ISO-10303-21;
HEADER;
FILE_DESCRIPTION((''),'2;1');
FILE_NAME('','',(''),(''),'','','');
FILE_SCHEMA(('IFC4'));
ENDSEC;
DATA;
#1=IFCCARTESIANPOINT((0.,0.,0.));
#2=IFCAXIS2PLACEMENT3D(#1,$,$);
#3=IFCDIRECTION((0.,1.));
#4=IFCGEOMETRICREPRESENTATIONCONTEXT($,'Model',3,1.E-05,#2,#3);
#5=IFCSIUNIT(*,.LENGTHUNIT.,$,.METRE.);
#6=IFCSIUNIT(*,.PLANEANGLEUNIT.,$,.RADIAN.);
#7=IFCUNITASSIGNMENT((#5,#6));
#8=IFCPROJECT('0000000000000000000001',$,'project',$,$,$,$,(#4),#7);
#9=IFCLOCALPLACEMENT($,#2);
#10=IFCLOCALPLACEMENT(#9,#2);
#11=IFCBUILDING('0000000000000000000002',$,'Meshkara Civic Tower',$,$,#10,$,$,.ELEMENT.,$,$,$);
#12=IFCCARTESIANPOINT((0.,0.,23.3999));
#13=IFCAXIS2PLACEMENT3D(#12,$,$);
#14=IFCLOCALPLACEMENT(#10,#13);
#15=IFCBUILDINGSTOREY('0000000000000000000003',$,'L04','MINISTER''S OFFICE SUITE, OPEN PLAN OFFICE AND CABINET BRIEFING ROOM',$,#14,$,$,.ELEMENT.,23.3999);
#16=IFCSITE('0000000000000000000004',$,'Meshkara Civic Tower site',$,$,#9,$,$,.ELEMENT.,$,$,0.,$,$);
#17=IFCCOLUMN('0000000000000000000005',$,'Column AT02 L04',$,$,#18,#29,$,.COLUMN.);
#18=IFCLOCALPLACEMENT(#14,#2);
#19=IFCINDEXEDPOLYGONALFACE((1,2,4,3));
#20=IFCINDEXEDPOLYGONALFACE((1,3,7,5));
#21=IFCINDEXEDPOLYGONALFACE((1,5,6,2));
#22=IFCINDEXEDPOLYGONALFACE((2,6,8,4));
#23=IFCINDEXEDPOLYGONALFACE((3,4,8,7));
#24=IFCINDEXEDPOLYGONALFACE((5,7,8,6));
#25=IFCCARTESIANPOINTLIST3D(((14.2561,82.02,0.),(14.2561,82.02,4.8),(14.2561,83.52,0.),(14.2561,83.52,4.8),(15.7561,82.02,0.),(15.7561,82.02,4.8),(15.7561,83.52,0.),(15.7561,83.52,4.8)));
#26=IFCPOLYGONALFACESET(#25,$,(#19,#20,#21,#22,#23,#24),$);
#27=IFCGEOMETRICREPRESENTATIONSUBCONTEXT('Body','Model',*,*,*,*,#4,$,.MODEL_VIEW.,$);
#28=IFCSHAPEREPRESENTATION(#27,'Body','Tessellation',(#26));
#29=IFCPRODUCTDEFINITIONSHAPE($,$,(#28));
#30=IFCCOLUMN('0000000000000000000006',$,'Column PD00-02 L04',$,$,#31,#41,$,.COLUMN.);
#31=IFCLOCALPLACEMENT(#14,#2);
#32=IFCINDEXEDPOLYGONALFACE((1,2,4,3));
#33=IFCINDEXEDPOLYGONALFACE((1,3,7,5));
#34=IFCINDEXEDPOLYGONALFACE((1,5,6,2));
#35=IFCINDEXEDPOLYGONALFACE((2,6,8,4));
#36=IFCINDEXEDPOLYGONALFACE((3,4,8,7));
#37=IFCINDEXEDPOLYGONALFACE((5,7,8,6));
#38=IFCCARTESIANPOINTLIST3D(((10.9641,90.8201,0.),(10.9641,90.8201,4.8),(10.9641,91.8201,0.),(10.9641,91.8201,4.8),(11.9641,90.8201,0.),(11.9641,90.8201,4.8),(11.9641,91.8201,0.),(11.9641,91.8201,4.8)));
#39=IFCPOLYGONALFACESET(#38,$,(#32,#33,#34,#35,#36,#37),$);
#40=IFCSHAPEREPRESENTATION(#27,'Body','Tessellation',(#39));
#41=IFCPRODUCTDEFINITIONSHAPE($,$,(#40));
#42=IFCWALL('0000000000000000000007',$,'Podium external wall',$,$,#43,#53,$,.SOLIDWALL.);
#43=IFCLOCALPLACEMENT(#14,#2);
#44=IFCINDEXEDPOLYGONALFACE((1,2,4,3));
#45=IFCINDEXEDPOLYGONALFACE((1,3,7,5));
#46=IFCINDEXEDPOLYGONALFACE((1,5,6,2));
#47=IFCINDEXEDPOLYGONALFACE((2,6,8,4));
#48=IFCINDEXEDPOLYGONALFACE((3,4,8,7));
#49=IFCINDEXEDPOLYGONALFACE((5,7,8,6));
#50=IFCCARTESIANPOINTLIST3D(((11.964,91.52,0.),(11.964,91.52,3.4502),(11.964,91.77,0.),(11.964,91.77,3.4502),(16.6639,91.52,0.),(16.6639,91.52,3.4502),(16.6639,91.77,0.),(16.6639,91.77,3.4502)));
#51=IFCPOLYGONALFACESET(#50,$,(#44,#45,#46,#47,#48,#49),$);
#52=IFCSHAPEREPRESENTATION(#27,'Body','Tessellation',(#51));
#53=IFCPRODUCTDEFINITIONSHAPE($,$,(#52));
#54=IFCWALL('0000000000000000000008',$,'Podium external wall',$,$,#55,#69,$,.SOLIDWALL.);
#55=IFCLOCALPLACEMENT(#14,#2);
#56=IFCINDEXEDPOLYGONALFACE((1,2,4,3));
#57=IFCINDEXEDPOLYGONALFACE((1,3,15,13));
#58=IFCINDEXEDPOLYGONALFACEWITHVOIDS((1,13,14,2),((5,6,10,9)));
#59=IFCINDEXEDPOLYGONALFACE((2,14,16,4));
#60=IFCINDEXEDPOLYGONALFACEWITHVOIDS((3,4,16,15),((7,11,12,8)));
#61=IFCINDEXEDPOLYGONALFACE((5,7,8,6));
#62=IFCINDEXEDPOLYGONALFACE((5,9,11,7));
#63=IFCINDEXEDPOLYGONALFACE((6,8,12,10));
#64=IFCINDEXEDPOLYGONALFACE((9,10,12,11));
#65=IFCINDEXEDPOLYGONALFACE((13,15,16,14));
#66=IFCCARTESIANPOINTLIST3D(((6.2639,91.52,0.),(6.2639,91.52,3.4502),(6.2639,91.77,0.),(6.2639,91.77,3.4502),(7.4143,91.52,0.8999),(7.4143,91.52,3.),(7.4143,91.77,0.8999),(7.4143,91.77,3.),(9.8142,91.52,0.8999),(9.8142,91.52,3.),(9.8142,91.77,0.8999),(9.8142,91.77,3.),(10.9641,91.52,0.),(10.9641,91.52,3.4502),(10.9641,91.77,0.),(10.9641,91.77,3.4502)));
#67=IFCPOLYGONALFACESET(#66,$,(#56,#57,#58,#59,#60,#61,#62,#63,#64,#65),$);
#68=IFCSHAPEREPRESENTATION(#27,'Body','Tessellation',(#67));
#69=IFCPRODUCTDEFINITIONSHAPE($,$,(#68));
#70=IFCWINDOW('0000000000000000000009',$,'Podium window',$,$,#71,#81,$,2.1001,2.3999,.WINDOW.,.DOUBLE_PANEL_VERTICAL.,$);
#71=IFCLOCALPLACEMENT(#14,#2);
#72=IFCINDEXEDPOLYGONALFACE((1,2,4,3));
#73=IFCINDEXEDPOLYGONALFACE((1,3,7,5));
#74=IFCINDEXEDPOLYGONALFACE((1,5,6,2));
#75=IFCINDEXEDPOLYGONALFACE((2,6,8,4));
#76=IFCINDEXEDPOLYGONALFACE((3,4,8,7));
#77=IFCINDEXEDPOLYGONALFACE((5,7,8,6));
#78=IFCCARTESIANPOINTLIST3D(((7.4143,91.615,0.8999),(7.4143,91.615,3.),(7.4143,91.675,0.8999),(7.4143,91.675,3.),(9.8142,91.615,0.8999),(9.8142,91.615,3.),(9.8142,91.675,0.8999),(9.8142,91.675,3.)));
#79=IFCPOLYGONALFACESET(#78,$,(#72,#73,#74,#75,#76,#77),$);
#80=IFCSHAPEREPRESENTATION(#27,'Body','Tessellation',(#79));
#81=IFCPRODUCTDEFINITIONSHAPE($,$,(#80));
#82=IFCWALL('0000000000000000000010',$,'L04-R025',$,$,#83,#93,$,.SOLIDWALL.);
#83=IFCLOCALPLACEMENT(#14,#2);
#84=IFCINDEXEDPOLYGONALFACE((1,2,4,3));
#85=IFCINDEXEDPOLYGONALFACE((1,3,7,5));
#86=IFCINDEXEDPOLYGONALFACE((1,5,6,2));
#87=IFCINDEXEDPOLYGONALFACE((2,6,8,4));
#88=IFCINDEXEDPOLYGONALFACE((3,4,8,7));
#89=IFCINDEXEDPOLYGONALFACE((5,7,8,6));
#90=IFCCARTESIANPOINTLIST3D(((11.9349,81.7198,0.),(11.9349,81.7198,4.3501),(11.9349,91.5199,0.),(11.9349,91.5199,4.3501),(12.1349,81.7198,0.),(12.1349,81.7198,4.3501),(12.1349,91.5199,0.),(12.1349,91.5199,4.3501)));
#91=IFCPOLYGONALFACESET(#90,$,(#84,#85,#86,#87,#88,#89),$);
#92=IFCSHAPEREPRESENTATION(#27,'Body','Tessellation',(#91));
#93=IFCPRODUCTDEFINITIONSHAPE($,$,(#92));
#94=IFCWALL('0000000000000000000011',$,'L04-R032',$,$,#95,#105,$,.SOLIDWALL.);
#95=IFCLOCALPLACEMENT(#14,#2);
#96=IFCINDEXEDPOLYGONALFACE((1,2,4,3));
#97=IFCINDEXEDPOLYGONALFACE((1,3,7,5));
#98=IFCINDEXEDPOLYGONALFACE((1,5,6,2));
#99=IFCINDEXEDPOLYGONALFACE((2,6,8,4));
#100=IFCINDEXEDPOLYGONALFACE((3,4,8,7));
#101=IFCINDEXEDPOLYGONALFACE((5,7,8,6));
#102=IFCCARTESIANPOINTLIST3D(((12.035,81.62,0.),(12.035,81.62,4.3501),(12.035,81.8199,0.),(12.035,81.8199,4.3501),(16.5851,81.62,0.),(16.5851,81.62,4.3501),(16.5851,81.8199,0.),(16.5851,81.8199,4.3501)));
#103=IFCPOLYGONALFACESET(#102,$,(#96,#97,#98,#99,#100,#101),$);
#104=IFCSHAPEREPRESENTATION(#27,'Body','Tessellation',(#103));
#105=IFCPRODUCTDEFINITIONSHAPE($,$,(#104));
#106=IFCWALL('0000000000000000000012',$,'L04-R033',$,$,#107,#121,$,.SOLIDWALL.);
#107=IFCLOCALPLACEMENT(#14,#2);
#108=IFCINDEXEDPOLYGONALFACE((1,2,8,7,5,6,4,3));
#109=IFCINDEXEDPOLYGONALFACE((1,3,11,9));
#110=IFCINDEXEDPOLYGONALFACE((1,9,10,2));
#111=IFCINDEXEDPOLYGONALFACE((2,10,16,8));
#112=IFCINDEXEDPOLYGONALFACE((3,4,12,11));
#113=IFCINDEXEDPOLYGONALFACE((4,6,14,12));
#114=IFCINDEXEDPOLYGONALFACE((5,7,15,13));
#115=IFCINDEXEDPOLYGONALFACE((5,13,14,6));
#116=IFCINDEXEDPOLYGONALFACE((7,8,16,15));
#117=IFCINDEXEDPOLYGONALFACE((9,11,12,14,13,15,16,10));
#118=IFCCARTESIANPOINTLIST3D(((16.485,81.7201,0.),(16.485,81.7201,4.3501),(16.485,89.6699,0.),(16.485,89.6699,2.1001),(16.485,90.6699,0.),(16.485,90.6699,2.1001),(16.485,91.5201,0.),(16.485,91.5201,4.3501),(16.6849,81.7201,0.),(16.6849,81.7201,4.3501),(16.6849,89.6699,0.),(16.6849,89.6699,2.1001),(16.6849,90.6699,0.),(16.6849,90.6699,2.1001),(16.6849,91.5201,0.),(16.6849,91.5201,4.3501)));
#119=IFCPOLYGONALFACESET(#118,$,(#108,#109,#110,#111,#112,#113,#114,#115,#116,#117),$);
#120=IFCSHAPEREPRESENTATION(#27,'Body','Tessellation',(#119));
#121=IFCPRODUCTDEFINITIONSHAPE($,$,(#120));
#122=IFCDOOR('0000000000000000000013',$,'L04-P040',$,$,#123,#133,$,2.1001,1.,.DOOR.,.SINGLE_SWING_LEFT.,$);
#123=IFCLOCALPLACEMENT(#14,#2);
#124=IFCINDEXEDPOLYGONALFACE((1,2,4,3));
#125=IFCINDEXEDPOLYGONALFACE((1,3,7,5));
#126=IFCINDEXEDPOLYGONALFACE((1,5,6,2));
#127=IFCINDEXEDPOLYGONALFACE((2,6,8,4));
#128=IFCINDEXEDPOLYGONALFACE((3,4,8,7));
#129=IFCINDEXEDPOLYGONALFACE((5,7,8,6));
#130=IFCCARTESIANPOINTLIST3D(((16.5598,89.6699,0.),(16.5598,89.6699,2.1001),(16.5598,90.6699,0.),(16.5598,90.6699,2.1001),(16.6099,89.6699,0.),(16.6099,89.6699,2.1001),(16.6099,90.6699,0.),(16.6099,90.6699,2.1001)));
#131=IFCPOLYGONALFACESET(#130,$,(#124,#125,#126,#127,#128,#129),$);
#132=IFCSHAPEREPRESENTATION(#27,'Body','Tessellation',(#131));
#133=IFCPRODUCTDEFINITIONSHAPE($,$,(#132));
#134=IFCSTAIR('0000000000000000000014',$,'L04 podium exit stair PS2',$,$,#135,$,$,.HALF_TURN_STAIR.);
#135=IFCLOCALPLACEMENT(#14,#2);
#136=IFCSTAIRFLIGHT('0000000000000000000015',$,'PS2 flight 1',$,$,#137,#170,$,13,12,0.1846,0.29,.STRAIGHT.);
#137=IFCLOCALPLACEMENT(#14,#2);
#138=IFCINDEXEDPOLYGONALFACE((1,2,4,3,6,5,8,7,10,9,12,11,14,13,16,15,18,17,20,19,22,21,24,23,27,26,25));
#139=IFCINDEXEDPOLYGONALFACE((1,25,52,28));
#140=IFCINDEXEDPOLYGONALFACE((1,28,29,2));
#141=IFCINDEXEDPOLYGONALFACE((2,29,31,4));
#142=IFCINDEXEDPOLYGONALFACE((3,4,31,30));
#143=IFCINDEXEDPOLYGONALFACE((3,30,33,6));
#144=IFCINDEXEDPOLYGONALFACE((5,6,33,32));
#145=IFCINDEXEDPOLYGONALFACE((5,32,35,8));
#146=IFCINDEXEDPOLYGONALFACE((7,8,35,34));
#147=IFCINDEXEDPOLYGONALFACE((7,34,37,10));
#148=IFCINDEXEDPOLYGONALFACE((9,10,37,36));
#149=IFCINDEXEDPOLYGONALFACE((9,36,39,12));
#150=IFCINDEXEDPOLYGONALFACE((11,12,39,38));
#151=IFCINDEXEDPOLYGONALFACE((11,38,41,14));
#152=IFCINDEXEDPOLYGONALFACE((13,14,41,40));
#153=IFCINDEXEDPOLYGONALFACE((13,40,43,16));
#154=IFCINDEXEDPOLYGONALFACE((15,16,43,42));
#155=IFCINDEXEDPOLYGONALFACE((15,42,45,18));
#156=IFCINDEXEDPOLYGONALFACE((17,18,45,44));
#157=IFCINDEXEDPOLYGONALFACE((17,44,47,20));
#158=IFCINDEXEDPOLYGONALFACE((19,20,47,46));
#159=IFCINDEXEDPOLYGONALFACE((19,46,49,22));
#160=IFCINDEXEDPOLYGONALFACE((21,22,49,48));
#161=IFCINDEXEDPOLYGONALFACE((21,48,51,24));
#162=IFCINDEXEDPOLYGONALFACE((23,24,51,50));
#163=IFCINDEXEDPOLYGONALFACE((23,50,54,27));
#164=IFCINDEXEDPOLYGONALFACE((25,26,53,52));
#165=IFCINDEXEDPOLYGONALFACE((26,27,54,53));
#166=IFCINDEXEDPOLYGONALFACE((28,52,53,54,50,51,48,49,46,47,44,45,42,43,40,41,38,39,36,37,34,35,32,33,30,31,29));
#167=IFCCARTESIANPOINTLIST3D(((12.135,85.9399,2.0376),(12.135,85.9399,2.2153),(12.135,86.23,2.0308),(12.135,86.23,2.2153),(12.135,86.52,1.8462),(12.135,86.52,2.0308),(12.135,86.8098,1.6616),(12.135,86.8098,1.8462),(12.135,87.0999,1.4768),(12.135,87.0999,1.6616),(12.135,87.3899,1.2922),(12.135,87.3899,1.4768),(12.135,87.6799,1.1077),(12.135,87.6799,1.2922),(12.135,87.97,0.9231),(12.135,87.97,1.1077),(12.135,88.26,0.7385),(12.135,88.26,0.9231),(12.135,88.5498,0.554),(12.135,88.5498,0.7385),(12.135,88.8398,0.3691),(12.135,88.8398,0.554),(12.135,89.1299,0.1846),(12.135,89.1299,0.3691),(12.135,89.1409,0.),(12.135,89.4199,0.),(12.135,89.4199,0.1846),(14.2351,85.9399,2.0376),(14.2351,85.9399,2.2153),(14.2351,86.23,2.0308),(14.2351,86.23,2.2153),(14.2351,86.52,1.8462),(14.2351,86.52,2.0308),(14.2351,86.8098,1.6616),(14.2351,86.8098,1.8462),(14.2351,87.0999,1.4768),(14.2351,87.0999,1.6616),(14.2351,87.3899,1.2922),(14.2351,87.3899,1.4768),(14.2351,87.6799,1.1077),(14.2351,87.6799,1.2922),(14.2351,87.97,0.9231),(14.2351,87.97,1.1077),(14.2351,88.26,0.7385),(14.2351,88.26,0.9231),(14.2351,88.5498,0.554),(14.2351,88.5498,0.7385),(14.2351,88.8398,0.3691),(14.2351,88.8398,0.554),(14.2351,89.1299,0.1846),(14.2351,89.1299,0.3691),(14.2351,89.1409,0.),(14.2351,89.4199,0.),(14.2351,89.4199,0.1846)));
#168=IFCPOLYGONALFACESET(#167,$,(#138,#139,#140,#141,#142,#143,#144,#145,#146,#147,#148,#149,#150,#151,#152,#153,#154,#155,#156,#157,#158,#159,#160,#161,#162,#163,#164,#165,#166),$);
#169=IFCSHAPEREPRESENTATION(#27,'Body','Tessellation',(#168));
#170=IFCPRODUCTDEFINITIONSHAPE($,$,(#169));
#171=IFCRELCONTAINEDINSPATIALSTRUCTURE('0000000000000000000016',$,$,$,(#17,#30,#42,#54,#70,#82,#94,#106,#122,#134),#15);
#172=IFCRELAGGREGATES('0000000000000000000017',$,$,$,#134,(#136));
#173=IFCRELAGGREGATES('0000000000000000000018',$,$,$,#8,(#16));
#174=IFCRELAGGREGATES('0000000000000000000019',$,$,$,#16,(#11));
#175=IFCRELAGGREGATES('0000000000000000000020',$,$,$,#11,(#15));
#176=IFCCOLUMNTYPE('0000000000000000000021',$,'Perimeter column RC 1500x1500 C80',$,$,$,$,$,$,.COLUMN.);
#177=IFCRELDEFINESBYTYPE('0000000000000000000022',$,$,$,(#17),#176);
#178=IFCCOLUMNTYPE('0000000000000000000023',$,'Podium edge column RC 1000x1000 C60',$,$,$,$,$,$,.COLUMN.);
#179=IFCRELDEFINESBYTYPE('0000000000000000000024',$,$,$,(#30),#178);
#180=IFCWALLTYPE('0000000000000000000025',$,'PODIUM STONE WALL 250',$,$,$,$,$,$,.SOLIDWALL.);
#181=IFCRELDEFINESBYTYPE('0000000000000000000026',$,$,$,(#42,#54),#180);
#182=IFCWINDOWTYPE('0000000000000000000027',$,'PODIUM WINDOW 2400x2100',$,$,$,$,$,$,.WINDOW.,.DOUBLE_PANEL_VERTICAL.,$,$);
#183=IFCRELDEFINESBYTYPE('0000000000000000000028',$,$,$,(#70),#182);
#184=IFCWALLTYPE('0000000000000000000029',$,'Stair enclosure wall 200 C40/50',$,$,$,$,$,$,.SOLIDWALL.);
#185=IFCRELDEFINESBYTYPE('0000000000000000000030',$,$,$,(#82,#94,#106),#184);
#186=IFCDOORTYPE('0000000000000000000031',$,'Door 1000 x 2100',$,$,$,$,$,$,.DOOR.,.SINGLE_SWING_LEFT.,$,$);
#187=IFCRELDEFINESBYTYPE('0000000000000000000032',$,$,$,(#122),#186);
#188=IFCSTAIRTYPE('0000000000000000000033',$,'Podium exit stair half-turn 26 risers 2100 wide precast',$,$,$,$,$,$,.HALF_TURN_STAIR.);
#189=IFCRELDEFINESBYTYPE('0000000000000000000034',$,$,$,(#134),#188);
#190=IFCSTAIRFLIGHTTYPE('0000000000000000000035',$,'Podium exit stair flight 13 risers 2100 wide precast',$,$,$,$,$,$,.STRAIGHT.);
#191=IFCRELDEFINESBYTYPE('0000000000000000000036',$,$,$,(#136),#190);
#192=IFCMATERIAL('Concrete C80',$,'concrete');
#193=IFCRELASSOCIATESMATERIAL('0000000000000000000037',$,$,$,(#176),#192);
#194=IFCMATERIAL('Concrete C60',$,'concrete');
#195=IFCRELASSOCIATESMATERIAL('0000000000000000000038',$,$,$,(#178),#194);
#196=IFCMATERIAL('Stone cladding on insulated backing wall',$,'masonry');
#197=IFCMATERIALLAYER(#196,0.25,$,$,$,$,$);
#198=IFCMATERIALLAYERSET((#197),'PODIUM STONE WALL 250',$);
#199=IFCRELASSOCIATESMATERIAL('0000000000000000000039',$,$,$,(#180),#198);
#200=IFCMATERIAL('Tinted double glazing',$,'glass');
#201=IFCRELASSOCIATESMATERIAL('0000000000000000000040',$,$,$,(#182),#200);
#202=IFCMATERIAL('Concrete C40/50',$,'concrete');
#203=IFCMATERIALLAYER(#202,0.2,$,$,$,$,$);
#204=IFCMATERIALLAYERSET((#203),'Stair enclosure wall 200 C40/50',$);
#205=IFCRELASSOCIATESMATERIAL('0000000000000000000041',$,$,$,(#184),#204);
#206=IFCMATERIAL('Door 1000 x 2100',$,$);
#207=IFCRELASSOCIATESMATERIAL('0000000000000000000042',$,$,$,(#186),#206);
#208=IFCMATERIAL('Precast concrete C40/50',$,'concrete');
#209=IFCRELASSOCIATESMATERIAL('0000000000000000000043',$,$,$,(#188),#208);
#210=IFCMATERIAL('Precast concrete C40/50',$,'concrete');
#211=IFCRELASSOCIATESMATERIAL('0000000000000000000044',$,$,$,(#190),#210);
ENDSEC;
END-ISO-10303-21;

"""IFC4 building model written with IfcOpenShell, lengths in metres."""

from ifc_helpers import new_model, si_unit, direction, frame, frame_2d, origin, origin_2d, place, context, subcontext, project, spatial, polyline, rectangle, outline, extrude, material, layer, layer_set, material_profile, profile_set, type_object, element, fill, aggregate, save


model = new_model("IFC4")

# Units and contexts
model_context = context("Model", 3, precision=1e-05, world=origin(), true_north=direction((0.0, 1.0)))
body_context = subcontext(model_context, "Body", "Model", "MODEL_VIEW")
ifc_project = project(units=[si_unit("LENGTHUNIT", "METRE"), si_unit("PLANEANGLEUNIT", "RADIAN")], contexts=[model_context])

# Site, building, storey
site_placement = place(None, origin())
site = spatial("IfcSite", under=ifc_project, at=site_placement, Name="Meshkara Civic Tower site", CompositionType="ELEMENT", RefElevation=0.0)
building_placement = place(site_placement, origin())
building = spatial("IfcBuilding", under=site, at=building_placement, Name="Meshkara Civic Tower", CompositionType="ELEMENT")
storey_placement = place(building_placement, frame((0.0, 0.0, 23.3999)))
storey = spatial("IfcBuildingStorey", under=building, at=storey_placement, Name="L04", Description="MINISTER'S OFFICE SUITE, OPEN PLAN OFFICE AND CABINET BRIEFING ROOM", CompositionType="ELEMENT", Elevation=23.3999)

# Columns
ifc_material_1 = material(Name="Concrete C80", Category="concrete")
ifc_material_profile_1 = material_profile(ifc_material_1, rectangle(XDim=1.5, YDim=1.5, at=origin_2d()))
ifc_profile_set_1 = profile_set([ifc_material_profile_1], Name="Concrete C80")
column_type_1 = type_object("IfcColumnType", Name="Perimeter column RC 1500x1500 C80", PredefinedType="COLUMN", material=ifc_profile_set_1)
column_1_placement = place(storey_placement, frame((15.0061, 82.77, 0.0), z_axis=(0.0, 0.0, 1.0), x_axis=(1.0, 0.0, 0.0)))
element("IfcColumn", 1, at=column_1_placement, inside=storey, type_object=column_type_1, Name="Column AT02 L04", PredefinedType="COLUMN", context=body_context, shape_type="SweptSolid", body=[
    extrude(rectangle(XDim=1.5, YDim=1.5, at=origin_2d()), origin(), (0.0, 0.0, 1.0), 4.8),
])
ifc_material_2 = material(Name="Concrete C60", Category="concrete")
ifc_material_profile_2 = material_profile(ifc_material_2, rectangle(XDim=1.0, YDim=1.0, at=origin_2d()))
ifc_profile_set_2 = profile_set([ifc_material_profile_2], Name="Concrete C60")
column_type_2 = type_object("IfcColumnType", Name="Podium edge column RC 1000x1000 C60", PredefinedType="COLUMN", material=ifc_profile_set_2)
column_2_placement = place(storey_placement, frame((11.4641, 91.3201, 0.0), z_axis=(0.0, 0.0, 1.0), x_axis=(1.0, 0.0, 0.0)))
element("IfcColumn", 2, at=column_2_placement, inside=storey, type_object=column_type_2, Name="Column PD00-02 L04", PredefinedType="COLUMN", context=body_context, shape_type="SweptSolid", body=[
    extrude(rectangle(XDim=1.0, YDim=1.0, at=origin_2d()), origin(), (0.0, 0.0, 1.0), 4.8),
])

# Wall
ifc_material_3 = material(Name="Stone cladding on insulated backing wall", Category="masonry")
ifc_layer_1 = layer(ifc_material_3, 0.25)
ifc_layer_set_1 = layer_set([ifc_layer_1], Name="PODIUM STONE WALL 250")
wall_type_1 = type_object("IfcWallType", Name="PODIUM STONE WALL 250", PredefinedType="SOLIDWALL", material=ifc_layer_set_1)
wall_1_placement = place(storey_placement, frame((16.6641, 91.645, 0.0), z_axis=(0.0, 0.0, 1.0), x_axis=(-1.0, 0.0, 0.0)))
element("IfcWall", 3, at=wall_1_placement, inside=storey, type_object=wall_type_1, Name="Podium external wall", PredefinedType="SOLIDWALL", context=body_context, shape_type="SweptSolid", body=[
    extrude(rectangle(XDim=4.7, YDim=0.25, at=frame_2d((2.3501, 0.0))), origin(), (0.0, 0.0, 1.0), 3.4502),
])

# Wall, opening, window
wall_2_placement = place(storey_placement, frame((10.9641, 91.645, 0.0), z_axis=(0.0, 0.0, 1.0), x_axis=(-1.0, 0.0, 0.0)))
wall_2 = element("IfcWall", 4, at=wall_2_placement, inside=storey, type_object=wall_type_1, Name="Podium external wall", PredefinedType="SOLIDWALL", context=body_context, shape_type="SweptSolid", body=[
    extrude(rectangle(XDim=4.7002, YDim=0.25, at=frame_2d((2.3501, 0.0))), origin(), (0.0, 0.0, 1.0), 3.4502),
])
opening_1_placement = place(wall_2_placement, frame((1.1499, 0.0, 0.8999)))
opening_1 = element("IfcOpeningElement", 5, at=opening_1_placement, cuts=wall_2, PredefinedType="OPENING", context=body_context, shape_type="SweptSolid", body=[
    extrude(rectangle(XDim=2.3999, YDim=2.1001, at=frame_2d((1.2, 1.05))), frame((0.0, 0.135, 0.0), z_axis=(0.0, -1.0, 0.0), x_axis=(1.0, 0.0, 0.0)), (0.0, 0.0, 1.0), 0.27),
])
ifc_material_4 = material(Name="Tinted double glazing", Category="glass")
window_type = type_object("IfcWindowType", Name="PODIUM WINDOW 2400x2100", PartitioningType="DOUBLE_PANEL_VERTICAL", PredefinedType="WINDOW", material=ifc_material_4)
window_placement = place(opening_1_placement, origin())
window = element("IfcWindow", 6, at=window_placement, inside=storey, type_object=window_type, Name="Podium window", OverallHeight=2.1001, OverallWidth=2.3999, PartitioningType="DOUBLE_PANEL_VERTICAL", PredefinedType="WINDOW", context=body_context, shape_type="SweptSolid", body=[
    extrude(rectangle(XDim=2.3999, YDim=2.1001, at=frame_2d((1.2, 1.05))), frame((0.0, 0.03, 0.0), z_axis=(0.0, -1.0, 0.0), x_axis=(1.0, 0.0, 0.0)), (0.0, 0.0, 1.0), 0.0601),
])
fill(opening_1, window)

# Walls
ifc_material_5 = material(Name="Concrete C40/50", Category="concrete")
ifc_layer_2 = layer(ifc_material_5, 0.2)
ifc_layer_set_2 = layer_set([ifc_layer_2], Name="Stair enclosure wall 200 C40/50")
wall_type_2 = type_object("IfcWallType", Name="Stair enclosure wall 200 C40/50", PredefinedType="SOLIDWALL", material=ifc_layer_set_2)
wall_3_placement = place(storey_placement, frame((12.0349, 81.72, 0.0), z_axis=(0.0, 0.0, 1.0), x_axis=(0.0, 1.0, 0.0)))
element("IfcWall", 7, at=wall_3_placement, inside=storey, type_object=wall_type_2, Name="L04-R025", PredefinedType="SOLIDWALL", context=body_context, shape_type="SweptSolid", body=[
    extrude(rectangle(XDim=9.8, YDim=0.2, at=frame_2d((4.8999, 0.0))), origin(), (0.0, 0.0, 1.0), 4.3501),
])
wall_4_placement = place(storey_placement, frame((16.585, 81.72, 0.0), z_axis=(0.0, 0.0, 1.0), x_axis=(-1.0, 0.0, 0.0)))
element("IfcWall", 8, at=wall_4_placement, inside=storey, type_object=wall_type_2, Name="L04-R032", PredefinedType="SOLIDWALL", context=body_context, shape_type="SweptSolid", body=[
    extrude(rectangle(XDim=4.55, YDim=0.2, at=frame_2d((2.2749, 0.0))), origin(), (0.0, 0.0, 1.0), 4.3501),
])

# Wall, opening, door
wall_5_placement = place(storey_placement, frame((16.585, 91.52, 0.0), z_axis=(0.0, 0.0, 1.0), x_axis=(0.0, -1.0, 0.0)))
wall_5 = element("IfcWall", 9, at=wall_5_placement, inside=storey, type_object=wall_type_2, Name="L04-R033", PredefinedType="SOLIDWALL", context=body_context, shape_type="SweptSolid", body=[
    extrude(rectangle(XDim=9.8, YDim=0.2, at=frame_2d((4.8999, 0.0))), origin(), (0.0, 0.0, 1.0), 4.3501),
])
opening_2_placement = place(wall_5_placement, frame((0.8501, 0.0, 0.0)))
opening_2 = element("IfcOpeningElement", 10, at=opening_2_placement, cuts=wall_5, PredefinedType="OPENING", context=body_context, shape_type="SweptSolid", body=[
    extrude(rectangle(XDim=1.0, YDim=2.1001, at=frame_2d((0.5, 1.05))), frame((0.0, 0.1099, 0.0), z_axis=(0.0, -1.0, 0.0), x_axis=(1.0, 0.0, 0.0)), (0.0, 0.0, 1.0), 0.22),
])
ifc_material_6 = material(Name="Door 1000 x 2100")
door_type = type_object("IfcDoorType", Name="Door 1000 x 2100", OperationType="SINGLE_SWING_LEFT", PredefinedType="DOOR", material=ifc_material_6)
door_placement = place(opening_2_placement, origin())
door = element("IfcDoor", 11, at=door_placement, inside=storey, type_object=door_type, Name="L04-P040", OperationType="SINGLE_SWING_LEFT", OverallHeight=2.1001, OverallWidth=1.0, PredefinedType="DOOR", context=body_context, shape_type="SweptSolid", body=[
    extrude(rectangle(XDim=1.0, YDim=2.1001, at=frame_2d((0.5, 1.05))), frame((0.0, 0.0249, 0.0), z_axis=(0.0, -1.0, 0.0), x_axis=(1.0, 0.0, 0.0)), (0.0, 0.0, 1.0), 0.05),
])
fill(opening_2, door)

# Stair, stair flight
ifc_material_7 = material(Name="Precast concrete C40/50", Category="concrete")
stair_type = type_object("IfcStairType", Name="Podium exit stair half-turn 26 risers 2100 wide precast", PredefinedType="HALF_TURN_STAIR", material=ifc_material_7)
stair_placement = place(storey_placement, origin())
stair = element("IfcStair", 12, at=stair_placement, inside=storey, type_object=stair_type, Name="L04 podium exit stair PS2", PredefinedType="HALF_TURN_STAIR")
ifc_material_8 = material(Name="Precast concrete C40/50", Category="concrete")
stair_flight_type = type_object("IfcStairFlightType", Name="Podium exit stair flight 13 risers 2100 wide precast", PredefinedType="STRAIGHT", material=ifc_material_8)
stair_flight_1_placement = place(storey_placement, frame((13.1851, 89.4199, 0.0), z_axis=(0.0, 0.0, 1.0), x_axis=(0.0, -1.0, 0.0)))
stair_flight_1 = element("IfcStairFlight", 13, at=stair_flight_1_placement, type_object=stair_flight_type, Name="PS2 flight 1", NumberOfRisers=13, NumberOfTreads=12, PredefinedType="STRAIGHT", RiserHeight=0.1846, TreadLength=0.29, context=body_context, shape_type="SweptSolid", body=[
    extrude(outline(polyline([(0.0, 0.0), (0.0, 0.1846), (0.29, 0.1846), (0.29, 0.3691), (0.5801, 0.3691), (0.5801, 0.554), (0.8701, 0.554), (0.8701, 0.7385), (1.1599, 0.7385), (1.1599, 0.9231), (1.45, 0.9231), (1.45, 1.1077), (1.74, 1.1077), (1.74, 1.2922), (2.03, 1.2922), (2.03, 1.4768), (2.3201, 1.4768), (2.3201, 1.6616), (2.6101, 1.6616), (2.6101, 1.8462), (2.8999, 1.8462), (2.8999, 2.0308), (3.1899, 2.0308), (3.1899, 2.2153), (3.48, 2.2153), (3.48, 2.3999), (3.48, 2.0376), (0.2791, 0.0), (0.0, 0.0)])), frame((0.0, 1.05, 0.0), z_axis=(0.0, -1.0, 0.0), x_axis=(1.0, 0.0, 0.0)), (0.0, 0.0, 1.0), 2.1001),
])
aggregate(stair, [stair_flight_1])

save(model, "model.ifc")
